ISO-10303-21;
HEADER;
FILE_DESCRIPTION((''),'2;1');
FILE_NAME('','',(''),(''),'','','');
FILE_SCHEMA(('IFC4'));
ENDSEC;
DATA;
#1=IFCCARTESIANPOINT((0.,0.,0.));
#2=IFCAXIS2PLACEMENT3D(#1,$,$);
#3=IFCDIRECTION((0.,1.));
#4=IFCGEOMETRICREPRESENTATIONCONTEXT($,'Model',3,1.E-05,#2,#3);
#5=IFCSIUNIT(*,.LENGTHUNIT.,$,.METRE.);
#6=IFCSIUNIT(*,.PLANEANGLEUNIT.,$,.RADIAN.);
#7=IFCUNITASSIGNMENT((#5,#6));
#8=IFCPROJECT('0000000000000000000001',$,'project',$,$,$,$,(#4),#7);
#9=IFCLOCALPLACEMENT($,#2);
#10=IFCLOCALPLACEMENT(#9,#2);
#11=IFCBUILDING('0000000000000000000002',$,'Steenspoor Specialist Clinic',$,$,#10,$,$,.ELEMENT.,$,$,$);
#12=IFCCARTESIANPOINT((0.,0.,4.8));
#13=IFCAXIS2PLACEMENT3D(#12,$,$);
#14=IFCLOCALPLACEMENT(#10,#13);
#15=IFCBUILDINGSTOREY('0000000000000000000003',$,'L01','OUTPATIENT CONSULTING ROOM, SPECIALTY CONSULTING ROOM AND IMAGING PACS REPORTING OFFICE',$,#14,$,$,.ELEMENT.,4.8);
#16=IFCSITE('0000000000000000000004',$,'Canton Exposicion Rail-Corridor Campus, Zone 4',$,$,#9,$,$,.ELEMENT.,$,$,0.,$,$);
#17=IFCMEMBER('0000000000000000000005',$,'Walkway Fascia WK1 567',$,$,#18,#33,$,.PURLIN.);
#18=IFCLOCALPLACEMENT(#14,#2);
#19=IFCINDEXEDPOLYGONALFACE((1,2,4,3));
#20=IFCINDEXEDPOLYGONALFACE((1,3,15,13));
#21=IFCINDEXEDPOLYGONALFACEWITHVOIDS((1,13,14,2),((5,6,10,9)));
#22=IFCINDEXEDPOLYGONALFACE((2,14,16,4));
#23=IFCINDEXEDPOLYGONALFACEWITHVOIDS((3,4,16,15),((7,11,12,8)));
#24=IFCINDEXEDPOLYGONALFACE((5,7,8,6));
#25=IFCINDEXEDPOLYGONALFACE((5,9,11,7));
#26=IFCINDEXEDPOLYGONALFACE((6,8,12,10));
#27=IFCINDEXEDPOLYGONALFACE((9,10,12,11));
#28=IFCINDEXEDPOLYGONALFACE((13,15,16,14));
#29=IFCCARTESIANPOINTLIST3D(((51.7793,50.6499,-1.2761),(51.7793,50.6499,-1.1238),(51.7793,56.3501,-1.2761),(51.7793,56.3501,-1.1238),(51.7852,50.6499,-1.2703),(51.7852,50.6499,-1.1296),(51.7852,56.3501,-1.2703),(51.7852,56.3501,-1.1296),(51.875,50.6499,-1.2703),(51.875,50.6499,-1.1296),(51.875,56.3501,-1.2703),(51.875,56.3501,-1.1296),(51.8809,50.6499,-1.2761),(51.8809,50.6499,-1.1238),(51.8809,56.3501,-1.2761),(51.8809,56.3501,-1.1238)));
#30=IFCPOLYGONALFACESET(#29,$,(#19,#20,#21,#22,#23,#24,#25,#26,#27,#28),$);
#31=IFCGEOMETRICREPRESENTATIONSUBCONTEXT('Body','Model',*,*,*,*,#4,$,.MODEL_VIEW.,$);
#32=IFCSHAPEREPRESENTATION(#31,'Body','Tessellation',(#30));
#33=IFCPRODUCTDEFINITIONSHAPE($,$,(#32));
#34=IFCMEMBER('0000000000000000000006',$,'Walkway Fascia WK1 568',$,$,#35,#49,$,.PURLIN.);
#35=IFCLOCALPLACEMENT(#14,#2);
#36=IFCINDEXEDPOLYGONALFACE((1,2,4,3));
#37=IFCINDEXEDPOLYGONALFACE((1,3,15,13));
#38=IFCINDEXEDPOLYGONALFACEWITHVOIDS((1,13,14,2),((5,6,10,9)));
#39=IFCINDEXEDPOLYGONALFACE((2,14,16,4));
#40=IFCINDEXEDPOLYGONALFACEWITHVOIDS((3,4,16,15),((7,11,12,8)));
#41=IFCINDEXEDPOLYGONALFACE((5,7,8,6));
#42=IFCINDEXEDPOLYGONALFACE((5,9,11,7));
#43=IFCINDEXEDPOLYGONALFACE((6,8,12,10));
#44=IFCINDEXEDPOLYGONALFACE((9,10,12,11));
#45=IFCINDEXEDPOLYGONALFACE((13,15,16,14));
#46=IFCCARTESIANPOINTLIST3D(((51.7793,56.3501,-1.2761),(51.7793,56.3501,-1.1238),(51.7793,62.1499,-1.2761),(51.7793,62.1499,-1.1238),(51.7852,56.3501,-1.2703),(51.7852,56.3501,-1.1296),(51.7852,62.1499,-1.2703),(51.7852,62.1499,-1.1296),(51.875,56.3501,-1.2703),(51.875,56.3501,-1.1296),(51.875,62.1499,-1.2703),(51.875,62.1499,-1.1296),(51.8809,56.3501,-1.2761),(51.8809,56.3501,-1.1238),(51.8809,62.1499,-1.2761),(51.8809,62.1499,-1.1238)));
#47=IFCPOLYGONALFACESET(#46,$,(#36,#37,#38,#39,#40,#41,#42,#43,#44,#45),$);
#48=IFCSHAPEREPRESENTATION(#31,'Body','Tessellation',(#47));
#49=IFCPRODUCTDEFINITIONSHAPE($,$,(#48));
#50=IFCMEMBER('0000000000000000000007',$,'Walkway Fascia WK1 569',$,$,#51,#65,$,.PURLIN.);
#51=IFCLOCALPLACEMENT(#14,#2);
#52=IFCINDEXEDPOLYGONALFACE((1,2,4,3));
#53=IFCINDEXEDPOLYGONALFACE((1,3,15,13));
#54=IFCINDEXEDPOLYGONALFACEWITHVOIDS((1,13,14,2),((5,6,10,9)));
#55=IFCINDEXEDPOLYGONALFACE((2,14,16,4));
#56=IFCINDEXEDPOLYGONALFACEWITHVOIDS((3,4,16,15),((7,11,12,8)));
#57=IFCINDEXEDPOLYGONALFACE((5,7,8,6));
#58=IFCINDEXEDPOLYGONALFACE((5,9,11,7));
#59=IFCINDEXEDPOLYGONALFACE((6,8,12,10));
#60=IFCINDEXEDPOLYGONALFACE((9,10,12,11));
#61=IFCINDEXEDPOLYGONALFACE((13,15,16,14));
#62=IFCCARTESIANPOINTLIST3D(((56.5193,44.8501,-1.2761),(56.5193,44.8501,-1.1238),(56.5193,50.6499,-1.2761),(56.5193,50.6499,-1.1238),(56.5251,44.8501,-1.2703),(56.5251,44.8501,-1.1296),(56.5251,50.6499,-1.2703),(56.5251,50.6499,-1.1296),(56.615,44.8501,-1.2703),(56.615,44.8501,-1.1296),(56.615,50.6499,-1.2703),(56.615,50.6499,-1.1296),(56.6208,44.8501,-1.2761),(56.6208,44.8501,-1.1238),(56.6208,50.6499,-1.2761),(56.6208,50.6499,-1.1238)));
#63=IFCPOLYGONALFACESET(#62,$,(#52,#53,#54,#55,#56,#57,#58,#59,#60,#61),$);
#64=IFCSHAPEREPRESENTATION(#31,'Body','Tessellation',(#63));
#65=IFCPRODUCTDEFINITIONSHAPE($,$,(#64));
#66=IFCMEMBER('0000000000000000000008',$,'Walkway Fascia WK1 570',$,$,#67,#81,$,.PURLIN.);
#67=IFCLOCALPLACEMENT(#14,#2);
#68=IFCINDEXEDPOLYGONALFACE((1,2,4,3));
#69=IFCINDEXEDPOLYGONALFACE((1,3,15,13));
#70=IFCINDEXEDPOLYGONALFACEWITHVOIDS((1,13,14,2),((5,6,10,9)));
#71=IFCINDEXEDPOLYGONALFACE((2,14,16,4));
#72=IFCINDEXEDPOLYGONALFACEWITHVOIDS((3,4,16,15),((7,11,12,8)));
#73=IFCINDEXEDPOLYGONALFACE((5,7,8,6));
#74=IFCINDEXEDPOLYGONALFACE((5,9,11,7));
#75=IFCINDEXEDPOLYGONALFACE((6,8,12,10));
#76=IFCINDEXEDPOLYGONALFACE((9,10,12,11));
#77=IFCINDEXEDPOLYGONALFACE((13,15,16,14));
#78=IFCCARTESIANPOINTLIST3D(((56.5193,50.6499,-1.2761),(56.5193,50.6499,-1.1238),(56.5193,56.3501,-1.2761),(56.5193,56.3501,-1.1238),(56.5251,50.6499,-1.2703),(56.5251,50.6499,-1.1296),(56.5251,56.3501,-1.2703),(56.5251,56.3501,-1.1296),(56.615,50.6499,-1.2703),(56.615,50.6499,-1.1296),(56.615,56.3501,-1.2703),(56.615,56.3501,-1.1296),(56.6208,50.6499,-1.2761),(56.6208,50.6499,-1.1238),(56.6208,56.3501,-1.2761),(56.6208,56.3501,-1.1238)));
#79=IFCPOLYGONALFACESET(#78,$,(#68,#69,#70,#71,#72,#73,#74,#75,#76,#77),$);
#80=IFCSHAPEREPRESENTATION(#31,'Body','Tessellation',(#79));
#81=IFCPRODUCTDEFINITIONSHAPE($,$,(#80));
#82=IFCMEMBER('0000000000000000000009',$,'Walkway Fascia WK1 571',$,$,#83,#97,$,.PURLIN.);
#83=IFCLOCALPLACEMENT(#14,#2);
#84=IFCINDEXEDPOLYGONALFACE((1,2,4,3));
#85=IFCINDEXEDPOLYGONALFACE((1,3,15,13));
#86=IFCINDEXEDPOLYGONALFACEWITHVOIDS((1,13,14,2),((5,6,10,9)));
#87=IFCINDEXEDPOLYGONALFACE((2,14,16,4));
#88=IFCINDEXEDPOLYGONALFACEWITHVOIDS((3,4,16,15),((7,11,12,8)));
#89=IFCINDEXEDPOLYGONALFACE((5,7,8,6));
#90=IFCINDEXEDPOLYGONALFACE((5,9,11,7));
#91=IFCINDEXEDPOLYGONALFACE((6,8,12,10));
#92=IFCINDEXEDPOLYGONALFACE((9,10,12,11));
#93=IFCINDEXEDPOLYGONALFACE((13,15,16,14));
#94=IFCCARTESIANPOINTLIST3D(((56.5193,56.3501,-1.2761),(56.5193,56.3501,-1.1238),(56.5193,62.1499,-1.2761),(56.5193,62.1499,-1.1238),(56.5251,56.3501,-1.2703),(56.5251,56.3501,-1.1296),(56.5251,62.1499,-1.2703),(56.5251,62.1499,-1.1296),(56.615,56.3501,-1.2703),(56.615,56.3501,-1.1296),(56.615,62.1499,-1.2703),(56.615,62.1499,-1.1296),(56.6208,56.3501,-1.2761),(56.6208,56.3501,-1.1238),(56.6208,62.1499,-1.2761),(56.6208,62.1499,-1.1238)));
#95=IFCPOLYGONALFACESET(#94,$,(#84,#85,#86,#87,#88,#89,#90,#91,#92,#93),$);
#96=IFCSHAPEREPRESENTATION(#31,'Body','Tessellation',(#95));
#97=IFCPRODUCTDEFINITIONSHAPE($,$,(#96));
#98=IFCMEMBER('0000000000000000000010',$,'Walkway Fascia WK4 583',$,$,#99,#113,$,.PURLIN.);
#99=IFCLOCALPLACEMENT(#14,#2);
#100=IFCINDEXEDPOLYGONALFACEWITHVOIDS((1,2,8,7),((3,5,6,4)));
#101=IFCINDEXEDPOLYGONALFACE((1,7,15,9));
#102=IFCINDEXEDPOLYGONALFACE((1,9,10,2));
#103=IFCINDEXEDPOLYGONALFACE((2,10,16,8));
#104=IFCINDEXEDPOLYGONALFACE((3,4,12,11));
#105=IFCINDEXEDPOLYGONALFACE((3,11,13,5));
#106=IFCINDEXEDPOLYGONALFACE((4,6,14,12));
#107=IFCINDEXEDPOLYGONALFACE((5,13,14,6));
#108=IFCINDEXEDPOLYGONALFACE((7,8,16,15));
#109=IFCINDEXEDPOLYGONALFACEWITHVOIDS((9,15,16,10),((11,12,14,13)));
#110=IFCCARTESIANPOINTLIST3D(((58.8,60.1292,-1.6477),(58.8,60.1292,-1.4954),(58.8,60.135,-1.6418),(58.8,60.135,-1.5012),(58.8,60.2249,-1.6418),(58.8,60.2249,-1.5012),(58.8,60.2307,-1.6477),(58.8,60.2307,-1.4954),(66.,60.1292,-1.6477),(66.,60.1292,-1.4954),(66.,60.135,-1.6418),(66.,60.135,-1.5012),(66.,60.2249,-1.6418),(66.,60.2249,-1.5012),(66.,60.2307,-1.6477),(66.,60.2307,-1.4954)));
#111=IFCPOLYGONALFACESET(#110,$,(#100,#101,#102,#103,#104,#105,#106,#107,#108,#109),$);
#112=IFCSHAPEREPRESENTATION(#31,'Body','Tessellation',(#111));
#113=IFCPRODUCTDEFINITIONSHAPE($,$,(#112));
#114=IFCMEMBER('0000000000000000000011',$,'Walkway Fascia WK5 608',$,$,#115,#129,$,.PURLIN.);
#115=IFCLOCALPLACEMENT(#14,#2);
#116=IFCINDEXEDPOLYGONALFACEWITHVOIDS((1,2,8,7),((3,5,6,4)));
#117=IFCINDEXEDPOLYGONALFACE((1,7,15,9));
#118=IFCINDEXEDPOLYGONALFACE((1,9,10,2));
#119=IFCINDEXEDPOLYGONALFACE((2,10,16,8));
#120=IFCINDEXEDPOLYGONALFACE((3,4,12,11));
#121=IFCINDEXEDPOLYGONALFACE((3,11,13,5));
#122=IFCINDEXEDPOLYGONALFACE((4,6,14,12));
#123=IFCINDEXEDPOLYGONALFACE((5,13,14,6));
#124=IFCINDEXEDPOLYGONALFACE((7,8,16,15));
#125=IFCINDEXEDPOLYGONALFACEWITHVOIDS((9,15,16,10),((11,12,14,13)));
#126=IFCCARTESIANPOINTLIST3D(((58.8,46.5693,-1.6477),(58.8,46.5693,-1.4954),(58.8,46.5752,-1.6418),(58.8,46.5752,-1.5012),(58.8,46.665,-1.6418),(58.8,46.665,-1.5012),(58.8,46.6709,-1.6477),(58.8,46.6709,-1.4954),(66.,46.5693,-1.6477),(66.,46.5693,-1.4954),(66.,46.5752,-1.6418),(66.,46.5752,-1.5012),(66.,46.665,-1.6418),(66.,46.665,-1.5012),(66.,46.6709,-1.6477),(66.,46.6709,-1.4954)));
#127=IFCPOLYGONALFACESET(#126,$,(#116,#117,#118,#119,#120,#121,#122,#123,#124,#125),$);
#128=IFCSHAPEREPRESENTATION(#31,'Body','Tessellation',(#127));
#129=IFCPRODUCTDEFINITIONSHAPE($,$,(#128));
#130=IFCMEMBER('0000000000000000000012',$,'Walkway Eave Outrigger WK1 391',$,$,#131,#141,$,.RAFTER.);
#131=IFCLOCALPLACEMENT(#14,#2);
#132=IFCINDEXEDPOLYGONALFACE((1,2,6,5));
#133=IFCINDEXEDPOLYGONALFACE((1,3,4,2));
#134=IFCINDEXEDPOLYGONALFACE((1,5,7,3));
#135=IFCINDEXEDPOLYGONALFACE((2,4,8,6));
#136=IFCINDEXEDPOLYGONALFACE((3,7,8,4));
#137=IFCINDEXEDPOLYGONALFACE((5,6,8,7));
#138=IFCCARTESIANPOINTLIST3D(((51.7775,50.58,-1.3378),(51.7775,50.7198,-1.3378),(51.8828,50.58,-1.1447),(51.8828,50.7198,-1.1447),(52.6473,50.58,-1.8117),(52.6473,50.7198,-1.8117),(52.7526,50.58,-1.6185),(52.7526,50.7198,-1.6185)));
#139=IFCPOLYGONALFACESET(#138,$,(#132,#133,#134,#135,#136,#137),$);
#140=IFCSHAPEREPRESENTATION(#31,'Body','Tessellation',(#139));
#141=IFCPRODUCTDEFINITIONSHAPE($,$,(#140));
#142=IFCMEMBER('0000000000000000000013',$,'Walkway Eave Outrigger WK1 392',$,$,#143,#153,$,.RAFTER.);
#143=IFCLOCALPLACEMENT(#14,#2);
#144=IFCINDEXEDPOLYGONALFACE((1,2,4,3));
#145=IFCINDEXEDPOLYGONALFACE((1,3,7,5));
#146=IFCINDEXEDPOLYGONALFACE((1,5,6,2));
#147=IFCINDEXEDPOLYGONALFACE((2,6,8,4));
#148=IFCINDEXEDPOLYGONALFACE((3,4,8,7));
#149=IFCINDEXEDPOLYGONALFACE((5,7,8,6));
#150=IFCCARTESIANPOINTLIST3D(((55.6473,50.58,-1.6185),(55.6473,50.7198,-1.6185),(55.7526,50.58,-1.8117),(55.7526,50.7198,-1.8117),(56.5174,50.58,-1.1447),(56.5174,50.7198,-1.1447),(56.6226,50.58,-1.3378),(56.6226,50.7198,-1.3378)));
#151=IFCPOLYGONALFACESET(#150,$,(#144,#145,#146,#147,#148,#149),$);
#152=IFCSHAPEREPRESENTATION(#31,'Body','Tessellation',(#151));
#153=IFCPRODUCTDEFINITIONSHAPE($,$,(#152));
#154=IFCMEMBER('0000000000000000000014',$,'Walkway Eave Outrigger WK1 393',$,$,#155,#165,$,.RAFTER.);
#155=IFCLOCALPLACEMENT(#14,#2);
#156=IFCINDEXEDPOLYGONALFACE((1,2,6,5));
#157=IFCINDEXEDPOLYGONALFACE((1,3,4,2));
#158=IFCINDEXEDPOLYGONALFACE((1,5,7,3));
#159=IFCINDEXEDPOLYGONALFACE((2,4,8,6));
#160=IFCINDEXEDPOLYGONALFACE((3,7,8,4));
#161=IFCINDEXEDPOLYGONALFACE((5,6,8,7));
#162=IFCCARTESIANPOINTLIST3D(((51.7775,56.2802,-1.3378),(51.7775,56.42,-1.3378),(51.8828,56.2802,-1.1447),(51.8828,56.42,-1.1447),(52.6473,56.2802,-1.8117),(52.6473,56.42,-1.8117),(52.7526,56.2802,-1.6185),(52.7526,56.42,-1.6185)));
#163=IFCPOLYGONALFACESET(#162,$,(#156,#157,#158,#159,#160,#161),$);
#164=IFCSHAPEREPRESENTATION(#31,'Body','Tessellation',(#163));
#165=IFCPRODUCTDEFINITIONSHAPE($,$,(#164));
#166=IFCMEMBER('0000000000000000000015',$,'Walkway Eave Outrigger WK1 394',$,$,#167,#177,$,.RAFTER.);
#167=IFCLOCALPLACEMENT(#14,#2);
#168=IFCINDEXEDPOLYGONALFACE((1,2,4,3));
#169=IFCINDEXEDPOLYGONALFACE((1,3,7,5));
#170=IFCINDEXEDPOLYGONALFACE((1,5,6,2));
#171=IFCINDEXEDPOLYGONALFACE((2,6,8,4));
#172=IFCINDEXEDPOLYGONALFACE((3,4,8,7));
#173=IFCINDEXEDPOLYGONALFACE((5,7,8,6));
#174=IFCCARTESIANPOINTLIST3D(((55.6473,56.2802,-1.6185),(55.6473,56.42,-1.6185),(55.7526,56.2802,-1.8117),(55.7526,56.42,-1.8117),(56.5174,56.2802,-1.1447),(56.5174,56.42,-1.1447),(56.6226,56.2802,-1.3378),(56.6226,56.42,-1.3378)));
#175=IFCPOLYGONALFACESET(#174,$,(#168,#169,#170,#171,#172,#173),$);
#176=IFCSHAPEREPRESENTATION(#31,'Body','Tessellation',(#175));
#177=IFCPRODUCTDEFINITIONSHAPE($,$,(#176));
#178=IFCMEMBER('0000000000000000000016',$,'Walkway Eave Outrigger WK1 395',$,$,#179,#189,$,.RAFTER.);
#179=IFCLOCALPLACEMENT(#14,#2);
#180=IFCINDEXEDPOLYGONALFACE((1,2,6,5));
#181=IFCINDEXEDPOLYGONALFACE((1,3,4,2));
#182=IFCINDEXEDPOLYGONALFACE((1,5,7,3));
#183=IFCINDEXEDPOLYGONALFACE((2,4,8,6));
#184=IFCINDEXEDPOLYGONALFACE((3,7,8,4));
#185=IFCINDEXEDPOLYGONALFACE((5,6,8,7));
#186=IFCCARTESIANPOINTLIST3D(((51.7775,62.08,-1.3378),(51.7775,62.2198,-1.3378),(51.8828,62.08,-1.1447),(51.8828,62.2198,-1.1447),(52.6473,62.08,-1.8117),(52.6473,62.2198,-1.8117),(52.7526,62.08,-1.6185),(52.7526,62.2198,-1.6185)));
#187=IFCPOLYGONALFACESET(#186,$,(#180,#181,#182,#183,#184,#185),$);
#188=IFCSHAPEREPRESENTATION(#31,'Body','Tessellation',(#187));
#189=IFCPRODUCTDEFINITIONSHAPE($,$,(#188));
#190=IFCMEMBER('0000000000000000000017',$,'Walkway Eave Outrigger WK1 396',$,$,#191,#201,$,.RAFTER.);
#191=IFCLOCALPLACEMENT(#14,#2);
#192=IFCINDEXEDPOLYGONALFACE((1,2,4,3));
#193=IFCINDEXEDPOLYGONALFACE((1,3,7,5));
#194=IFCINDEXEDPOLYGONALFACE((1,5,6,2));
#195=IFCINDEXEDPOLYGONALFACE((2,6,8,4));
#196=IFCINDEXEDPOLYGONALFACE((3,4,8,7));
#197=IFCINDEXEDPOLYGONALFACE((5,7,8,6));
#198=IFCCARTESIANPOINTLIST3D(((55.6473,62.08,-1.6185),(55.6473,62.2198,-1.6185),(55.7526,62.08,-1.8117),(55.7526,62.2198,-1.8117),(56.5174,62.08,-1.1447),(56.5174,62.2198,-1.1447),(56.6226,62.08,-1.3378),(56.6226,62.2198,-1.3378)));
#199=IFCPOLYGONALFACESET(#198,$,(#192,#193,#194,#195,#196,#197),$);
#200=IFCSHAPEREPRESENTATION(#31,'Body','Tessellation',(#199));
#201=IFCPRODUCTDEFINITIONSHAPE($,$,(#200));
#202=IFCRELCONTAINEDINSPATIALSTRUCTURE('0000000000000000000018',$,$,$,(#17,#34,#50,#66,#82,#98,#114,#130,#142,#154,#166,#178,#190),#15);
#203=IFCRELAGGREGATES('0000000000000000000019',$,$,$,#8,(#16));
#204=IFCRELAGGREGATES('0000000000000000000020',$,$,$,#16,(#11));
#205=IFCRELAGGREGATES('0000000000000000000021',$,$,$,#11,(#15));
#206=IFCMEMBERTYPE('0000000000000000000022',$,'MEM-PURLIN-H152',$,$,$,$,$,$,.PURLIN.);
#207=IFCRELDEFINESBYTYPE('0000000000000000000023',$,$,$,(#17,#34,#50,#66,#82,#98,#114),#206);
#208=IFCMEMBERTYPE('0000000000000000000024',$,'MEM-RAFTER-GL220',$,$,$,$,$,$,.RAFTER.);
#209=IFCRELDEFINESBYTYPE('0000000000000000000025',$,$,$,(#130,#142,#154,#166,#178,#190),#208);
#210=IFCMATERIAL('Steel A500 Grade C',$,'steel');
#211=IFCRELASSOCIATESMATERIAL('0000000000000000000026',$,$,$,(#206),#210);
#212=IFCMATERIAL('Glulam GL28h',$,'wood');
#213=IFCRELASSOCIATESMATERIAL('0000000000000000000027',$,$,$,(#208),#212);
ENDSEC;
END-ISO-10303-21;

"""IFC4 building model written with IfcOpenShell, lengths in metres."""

from ifc_helpers import new_model, si_unit, direction, frame, origin, origin_2d, place, context, subcontext, project, spatial, rectangle, hollow_rectangle, extrude, material, material_profile, profile_set, type_object, element, save


model = new_model("IFC4")

# Units and contexts
model_context = context("Model", 3, precision=1e-05, world=origin(), true_north=direction((0.0, 1.0)))
body_context = subcontext(model_context, "Body", "Model", "MODEL_VIEW")
ifc_project = project(units=[si_unit("LENGTHUNIT", "METRE"), si_unit("PLANEANGLEUNIT", "RADIAN")], contexts=[model_context])

# Site, building, storey
site_placement = place(None, origin())
site = spatial("IfcSite", under=ifc_project, at=site_placement, Name="Canton Exposicion Rail-Corridor Campus, Zone 4", CompositionType="ELEMENT", RefElevation=0.0)
building_placement = place(site_placement, origin())
building = spatial("IfcBuilding", under=site, at=building_placement, Name="Steenspoor Specialist Clinic", CompositionType="ELEMENT")
storey_placement = place(building_placement, frame((0.0, 0.0, 4.8)))
storey = spatial("IfcBuildingStorey", under=building, at=storey_placement, Name="L01", Description="OUTPATIENT CONSULTING ROOM, SPECIALTY CONSULTING ROOM AND IMAGING PACS REPORTING OFFICE", CompositionType="ELEMENT", Elevation=4.8)

# Members
ifc_material_1 = material(Name="Steel A500 Grade C", Category="steel")
ifc_material_profile_1 = material_profile(ifc_material_1, hollow_rectangle(XDim=0.1016, YDim=0.1523, WallThickness=0.0059, at=origin_2d()), Name="HSS152X102X6.4")
ifc_profile_set_1 = profile_set([ifc_material_profile_1], Name="Steel A500 Grade C")
member_type_1 = type_object("IfcMemberType", Name="MEM-PURLIN-H152", PredefinedType="PURLIN", material=ifc_profile_set_1)
member_1_placement = place(storey_placement, frame((51.8301, 50.6499, -1.2), z_axis=(0.0, 1.0, 0.0), x_axis=(-1.0, 0.0, 0.0)))
element("IfcMember", 1, at=member_1_placement, inside=storey, type_object=member_type_1, Name="Walkway Fascia WK1 567", PredefinedType="PURLIN", context=body_context, shape_type="SweptSolid", body=[
    extrude(hollow_rectangle(XDim=0.1016, YDim=0.1523, WallThickness=0.0059, at=origin_2d()), origin(), (0.0, 0.0, 1.0), 5.7002),
])
for number, where, z_axis, x_axis, name in (
    (2, (51.8301, 56.3501, -1.2), (0.0, 1.0, 0.0), (-1.0, 0.0, 0.0), "Walkway Fascia WK1 568"),
    (3, (56.5701, 44.8501, -1.2), (0.0, 1.0, 0.0), (-1.0, 0.0, 0.0), "Walkway Fascia WK1 569"),
):
    element("IfcMember", number, at=place(storey_placement, frame(where, z_axis=z_axis, x_axis=x_axis)), inside=storey, type_object=member_type_1, Name=name, PredefinedType="PURLIN", context=body_context, shape_type="SweptSolid", body=[
        extrude(hollow_rectangle(XDim=0.1016, YDim=0.1523, WallThickness=0.0059, at=origin_2d()), origin(), (0.0, 0.0, 1.0), 5.7998),
    ])
member_2_placement = place(storey_placement, frame((56.5701, 50.6499, -1.2), z_axis=(0.0, 1.0, 0.0), x_axis=(-1.0, 0.0, 0.0)))
element("IfcMember", 4, at=member_2_placement, inside=storey, type_object=member_type_1, Name="Walkway Fascia WK1 570", PredefinedType="PURLIN", context=body_context, shape_type="SweptSolid", body=[
    extrude(hollow_rectangle(XDim=0.1016, YDim=0.1523, WallThickness=0.0059, at=origin_2d()), origin(), (0.0, 0.0, 1.0), 5.7002),
])
member_3_placement = place(storey_placement, frame((56.5701, 56.3501, -1.2), z_axis=(0.0, 1.0, 0.0), x_axis=(-1.0, 0.0, 0.0)))
element("IfcMember", 5, at=member_3_placement, inside=storey, type_object=member_type_1, Name="Walkway Fascia WK1 571", PredefinedType="PURLIN", context=body_context, shape_type="SweptSolid", body=[
    extrude(hollow_rectangle(XDim=0.1016, YDim=0.1523, WallThickness=0.0059, at=origin_2d()), origin(), (0.0, 0.0, 1.0), 5.7998),
])
for number, where, z_axis, x_axis, name in (
    (6, (58.8, 60.1799, -1.5715), (1.0, 0.0, 0.0), (0.0, 1.0, 0.0), "Walkway Fascia WK4 583"),
    (7, (58.8, 46.6201, -1.5715), (1.0, 0.0, 0.0), (0.0, 1.0, 0.0), "Walkway Fascia WK5 608"),
):
    element("IfcMember", number, at=place(storey_placement, frame(where, z_axis=z_axis, x_axis=x_axis)), inside=storey, type_object=member_type_1, Name=name, PredefinedType="PURLIN", context=body_context, shape_type="SweptSolid", body=[
        extrude(hollow_rectangle(XDim=0.1016, YDim=0.1523, WallThickness=0.0059, at=origin_2d()), origin(), (0.0, 0.0, 1.0), 7.2),
    ])
ifc_material_2 = material(Name="Glulam GL28h", Category="wood")
ifc_material_profile_2 = material_profile(ifc_material_2, rectangle(XDim=0.1399, YDim=0.22, at=origin_2d()), Name="GL28H-140X220")
ifc_profile_set_2 = profile_set([ifc_material_profile_2], Name="Glulam GL28h")
member_type_2 = type_object("IfcMemberType", Name="MEM-RAFTER-GL220", PredefinedType="RAFTER", material=ifc_profile_set_2)
member_4_placement = place(storey_placement, frame((52.7, 50.6499, -1.7151), z_axis=(-0.87815, 0.0, 0.478386), x_axis=(0.0, -1.0, 0.0)))
element("IfcMember", 8, at=member_4_placement, inside=storey, type_object=member_type_2, Name="Walkway Eave Outrigger WK1 391", PredefinedType="RAFTER", context=body_context, shape_type="SweptSolid", body=[
    extrude(rectangle(XDim=0.1399, YDim=0.22, at=origin_2d()), origin(), (0.0, 0.0, 1.0), 0.9905),
])
member_5_placement = place(storey_placement, frame((55.7, 50.6499, -1.7151), z_axis=(0.878206, 0.0, 0.478282), x_axis=(0.0, 1.0, 0.0)))
element("IfcMember", 9, at=member_5_placement, inside=storey, type_object=member_type_2, Name="Walkway Eave Outrigger WK1 392", PredefinedType="RAFTER", context=body_context, shape_type="SweptSolid", body=[
    extrude(rectangle(XDim=0.1399, YDim=0.22, at=origin_2d()), origin(), (0.0, 0.0, 1.0), 0.9907),
])
member_6_placement = place(storey_placement, frame((52.7, 56.3501, -1.7151), z_axis=(-0.87815, 0.0, 0.478386), x_axis=(0.0, -1.0, 0.0)))
element("IfcMember", 10, at=member_6_placement, inside=storey, type_object=member_type_2, Name="Walkway Eave Outrigger WK1 393", PredefinedType="RAFTER", context=body_context, shape_type="SweptSolid", body=[
    extrude(rectangle(XDim=0.1399, YDim=0.22, at=origin_2d()), origin(), (0.0, 0.0, 1.0), 0.9905),
])
member_7_placement = place(storey_placement, frame((55.7, 56.3501, -1.7151), z_axis=(0.878206, 0.0, 0.478282), x_axis=(0.0, 1.0, 0.0)))
element("IfcMember", 11, at=member_7_placement, inside=storey, type_object=member_type_2, Name="Walkway Eave Outrigger WK1 394", PredefinedType="RAFTER", context=body_context, shape_type="SweptSolid", body=[
    extrude(rectangle(XDim=0.1399, YDim=0.22, at=origin_2d()), origin(), (0.0, 0.0, 1.0), 0.9907),
])
member_8_placement = place(storey_placement, frame((52.7, 62.1499, -1.7151), z_axis=(-0.87815, 0.0, 0.478386), x_axis=(0.0, -1.0, 0.0)))
element("IfcMember", 12, at=member_8_placement, inside=storey, type_object=member_type_2, Name="Walkway Eave Outrigger WK1 395", PredefinedType="RAFTER", context=body_context, shape_type="SweptSolid", body=[
    extrude(rectangle(XDim=0.1399, YDim=0.22, at=origin_2d()), origin(), (0.0, 0.0, 1.0), 0.9905),
])
member_9_placement = place(storey_placement, frame((55.7, 62.1499, -1.7151), z_axis=(0.878206, 0.0, 0.478282), x_axis=(0.0, 1.0, 0.0)))
element("IfcMember", 13, at=member_9_placement, inside=storey, type_object=member_type_2, Name="Walkway Eave Outrigger WK1 396", PredefinedType="RAFTER", context=body_context, shape_type="SweptSolid", body=[
    extrude(rectangle(XDim=0.1399, YDim=0.22, at=origin_2d()), origin(), (0.0, 0.0, 1.0), 0.9907),
])

save(model, "model.ifc")
